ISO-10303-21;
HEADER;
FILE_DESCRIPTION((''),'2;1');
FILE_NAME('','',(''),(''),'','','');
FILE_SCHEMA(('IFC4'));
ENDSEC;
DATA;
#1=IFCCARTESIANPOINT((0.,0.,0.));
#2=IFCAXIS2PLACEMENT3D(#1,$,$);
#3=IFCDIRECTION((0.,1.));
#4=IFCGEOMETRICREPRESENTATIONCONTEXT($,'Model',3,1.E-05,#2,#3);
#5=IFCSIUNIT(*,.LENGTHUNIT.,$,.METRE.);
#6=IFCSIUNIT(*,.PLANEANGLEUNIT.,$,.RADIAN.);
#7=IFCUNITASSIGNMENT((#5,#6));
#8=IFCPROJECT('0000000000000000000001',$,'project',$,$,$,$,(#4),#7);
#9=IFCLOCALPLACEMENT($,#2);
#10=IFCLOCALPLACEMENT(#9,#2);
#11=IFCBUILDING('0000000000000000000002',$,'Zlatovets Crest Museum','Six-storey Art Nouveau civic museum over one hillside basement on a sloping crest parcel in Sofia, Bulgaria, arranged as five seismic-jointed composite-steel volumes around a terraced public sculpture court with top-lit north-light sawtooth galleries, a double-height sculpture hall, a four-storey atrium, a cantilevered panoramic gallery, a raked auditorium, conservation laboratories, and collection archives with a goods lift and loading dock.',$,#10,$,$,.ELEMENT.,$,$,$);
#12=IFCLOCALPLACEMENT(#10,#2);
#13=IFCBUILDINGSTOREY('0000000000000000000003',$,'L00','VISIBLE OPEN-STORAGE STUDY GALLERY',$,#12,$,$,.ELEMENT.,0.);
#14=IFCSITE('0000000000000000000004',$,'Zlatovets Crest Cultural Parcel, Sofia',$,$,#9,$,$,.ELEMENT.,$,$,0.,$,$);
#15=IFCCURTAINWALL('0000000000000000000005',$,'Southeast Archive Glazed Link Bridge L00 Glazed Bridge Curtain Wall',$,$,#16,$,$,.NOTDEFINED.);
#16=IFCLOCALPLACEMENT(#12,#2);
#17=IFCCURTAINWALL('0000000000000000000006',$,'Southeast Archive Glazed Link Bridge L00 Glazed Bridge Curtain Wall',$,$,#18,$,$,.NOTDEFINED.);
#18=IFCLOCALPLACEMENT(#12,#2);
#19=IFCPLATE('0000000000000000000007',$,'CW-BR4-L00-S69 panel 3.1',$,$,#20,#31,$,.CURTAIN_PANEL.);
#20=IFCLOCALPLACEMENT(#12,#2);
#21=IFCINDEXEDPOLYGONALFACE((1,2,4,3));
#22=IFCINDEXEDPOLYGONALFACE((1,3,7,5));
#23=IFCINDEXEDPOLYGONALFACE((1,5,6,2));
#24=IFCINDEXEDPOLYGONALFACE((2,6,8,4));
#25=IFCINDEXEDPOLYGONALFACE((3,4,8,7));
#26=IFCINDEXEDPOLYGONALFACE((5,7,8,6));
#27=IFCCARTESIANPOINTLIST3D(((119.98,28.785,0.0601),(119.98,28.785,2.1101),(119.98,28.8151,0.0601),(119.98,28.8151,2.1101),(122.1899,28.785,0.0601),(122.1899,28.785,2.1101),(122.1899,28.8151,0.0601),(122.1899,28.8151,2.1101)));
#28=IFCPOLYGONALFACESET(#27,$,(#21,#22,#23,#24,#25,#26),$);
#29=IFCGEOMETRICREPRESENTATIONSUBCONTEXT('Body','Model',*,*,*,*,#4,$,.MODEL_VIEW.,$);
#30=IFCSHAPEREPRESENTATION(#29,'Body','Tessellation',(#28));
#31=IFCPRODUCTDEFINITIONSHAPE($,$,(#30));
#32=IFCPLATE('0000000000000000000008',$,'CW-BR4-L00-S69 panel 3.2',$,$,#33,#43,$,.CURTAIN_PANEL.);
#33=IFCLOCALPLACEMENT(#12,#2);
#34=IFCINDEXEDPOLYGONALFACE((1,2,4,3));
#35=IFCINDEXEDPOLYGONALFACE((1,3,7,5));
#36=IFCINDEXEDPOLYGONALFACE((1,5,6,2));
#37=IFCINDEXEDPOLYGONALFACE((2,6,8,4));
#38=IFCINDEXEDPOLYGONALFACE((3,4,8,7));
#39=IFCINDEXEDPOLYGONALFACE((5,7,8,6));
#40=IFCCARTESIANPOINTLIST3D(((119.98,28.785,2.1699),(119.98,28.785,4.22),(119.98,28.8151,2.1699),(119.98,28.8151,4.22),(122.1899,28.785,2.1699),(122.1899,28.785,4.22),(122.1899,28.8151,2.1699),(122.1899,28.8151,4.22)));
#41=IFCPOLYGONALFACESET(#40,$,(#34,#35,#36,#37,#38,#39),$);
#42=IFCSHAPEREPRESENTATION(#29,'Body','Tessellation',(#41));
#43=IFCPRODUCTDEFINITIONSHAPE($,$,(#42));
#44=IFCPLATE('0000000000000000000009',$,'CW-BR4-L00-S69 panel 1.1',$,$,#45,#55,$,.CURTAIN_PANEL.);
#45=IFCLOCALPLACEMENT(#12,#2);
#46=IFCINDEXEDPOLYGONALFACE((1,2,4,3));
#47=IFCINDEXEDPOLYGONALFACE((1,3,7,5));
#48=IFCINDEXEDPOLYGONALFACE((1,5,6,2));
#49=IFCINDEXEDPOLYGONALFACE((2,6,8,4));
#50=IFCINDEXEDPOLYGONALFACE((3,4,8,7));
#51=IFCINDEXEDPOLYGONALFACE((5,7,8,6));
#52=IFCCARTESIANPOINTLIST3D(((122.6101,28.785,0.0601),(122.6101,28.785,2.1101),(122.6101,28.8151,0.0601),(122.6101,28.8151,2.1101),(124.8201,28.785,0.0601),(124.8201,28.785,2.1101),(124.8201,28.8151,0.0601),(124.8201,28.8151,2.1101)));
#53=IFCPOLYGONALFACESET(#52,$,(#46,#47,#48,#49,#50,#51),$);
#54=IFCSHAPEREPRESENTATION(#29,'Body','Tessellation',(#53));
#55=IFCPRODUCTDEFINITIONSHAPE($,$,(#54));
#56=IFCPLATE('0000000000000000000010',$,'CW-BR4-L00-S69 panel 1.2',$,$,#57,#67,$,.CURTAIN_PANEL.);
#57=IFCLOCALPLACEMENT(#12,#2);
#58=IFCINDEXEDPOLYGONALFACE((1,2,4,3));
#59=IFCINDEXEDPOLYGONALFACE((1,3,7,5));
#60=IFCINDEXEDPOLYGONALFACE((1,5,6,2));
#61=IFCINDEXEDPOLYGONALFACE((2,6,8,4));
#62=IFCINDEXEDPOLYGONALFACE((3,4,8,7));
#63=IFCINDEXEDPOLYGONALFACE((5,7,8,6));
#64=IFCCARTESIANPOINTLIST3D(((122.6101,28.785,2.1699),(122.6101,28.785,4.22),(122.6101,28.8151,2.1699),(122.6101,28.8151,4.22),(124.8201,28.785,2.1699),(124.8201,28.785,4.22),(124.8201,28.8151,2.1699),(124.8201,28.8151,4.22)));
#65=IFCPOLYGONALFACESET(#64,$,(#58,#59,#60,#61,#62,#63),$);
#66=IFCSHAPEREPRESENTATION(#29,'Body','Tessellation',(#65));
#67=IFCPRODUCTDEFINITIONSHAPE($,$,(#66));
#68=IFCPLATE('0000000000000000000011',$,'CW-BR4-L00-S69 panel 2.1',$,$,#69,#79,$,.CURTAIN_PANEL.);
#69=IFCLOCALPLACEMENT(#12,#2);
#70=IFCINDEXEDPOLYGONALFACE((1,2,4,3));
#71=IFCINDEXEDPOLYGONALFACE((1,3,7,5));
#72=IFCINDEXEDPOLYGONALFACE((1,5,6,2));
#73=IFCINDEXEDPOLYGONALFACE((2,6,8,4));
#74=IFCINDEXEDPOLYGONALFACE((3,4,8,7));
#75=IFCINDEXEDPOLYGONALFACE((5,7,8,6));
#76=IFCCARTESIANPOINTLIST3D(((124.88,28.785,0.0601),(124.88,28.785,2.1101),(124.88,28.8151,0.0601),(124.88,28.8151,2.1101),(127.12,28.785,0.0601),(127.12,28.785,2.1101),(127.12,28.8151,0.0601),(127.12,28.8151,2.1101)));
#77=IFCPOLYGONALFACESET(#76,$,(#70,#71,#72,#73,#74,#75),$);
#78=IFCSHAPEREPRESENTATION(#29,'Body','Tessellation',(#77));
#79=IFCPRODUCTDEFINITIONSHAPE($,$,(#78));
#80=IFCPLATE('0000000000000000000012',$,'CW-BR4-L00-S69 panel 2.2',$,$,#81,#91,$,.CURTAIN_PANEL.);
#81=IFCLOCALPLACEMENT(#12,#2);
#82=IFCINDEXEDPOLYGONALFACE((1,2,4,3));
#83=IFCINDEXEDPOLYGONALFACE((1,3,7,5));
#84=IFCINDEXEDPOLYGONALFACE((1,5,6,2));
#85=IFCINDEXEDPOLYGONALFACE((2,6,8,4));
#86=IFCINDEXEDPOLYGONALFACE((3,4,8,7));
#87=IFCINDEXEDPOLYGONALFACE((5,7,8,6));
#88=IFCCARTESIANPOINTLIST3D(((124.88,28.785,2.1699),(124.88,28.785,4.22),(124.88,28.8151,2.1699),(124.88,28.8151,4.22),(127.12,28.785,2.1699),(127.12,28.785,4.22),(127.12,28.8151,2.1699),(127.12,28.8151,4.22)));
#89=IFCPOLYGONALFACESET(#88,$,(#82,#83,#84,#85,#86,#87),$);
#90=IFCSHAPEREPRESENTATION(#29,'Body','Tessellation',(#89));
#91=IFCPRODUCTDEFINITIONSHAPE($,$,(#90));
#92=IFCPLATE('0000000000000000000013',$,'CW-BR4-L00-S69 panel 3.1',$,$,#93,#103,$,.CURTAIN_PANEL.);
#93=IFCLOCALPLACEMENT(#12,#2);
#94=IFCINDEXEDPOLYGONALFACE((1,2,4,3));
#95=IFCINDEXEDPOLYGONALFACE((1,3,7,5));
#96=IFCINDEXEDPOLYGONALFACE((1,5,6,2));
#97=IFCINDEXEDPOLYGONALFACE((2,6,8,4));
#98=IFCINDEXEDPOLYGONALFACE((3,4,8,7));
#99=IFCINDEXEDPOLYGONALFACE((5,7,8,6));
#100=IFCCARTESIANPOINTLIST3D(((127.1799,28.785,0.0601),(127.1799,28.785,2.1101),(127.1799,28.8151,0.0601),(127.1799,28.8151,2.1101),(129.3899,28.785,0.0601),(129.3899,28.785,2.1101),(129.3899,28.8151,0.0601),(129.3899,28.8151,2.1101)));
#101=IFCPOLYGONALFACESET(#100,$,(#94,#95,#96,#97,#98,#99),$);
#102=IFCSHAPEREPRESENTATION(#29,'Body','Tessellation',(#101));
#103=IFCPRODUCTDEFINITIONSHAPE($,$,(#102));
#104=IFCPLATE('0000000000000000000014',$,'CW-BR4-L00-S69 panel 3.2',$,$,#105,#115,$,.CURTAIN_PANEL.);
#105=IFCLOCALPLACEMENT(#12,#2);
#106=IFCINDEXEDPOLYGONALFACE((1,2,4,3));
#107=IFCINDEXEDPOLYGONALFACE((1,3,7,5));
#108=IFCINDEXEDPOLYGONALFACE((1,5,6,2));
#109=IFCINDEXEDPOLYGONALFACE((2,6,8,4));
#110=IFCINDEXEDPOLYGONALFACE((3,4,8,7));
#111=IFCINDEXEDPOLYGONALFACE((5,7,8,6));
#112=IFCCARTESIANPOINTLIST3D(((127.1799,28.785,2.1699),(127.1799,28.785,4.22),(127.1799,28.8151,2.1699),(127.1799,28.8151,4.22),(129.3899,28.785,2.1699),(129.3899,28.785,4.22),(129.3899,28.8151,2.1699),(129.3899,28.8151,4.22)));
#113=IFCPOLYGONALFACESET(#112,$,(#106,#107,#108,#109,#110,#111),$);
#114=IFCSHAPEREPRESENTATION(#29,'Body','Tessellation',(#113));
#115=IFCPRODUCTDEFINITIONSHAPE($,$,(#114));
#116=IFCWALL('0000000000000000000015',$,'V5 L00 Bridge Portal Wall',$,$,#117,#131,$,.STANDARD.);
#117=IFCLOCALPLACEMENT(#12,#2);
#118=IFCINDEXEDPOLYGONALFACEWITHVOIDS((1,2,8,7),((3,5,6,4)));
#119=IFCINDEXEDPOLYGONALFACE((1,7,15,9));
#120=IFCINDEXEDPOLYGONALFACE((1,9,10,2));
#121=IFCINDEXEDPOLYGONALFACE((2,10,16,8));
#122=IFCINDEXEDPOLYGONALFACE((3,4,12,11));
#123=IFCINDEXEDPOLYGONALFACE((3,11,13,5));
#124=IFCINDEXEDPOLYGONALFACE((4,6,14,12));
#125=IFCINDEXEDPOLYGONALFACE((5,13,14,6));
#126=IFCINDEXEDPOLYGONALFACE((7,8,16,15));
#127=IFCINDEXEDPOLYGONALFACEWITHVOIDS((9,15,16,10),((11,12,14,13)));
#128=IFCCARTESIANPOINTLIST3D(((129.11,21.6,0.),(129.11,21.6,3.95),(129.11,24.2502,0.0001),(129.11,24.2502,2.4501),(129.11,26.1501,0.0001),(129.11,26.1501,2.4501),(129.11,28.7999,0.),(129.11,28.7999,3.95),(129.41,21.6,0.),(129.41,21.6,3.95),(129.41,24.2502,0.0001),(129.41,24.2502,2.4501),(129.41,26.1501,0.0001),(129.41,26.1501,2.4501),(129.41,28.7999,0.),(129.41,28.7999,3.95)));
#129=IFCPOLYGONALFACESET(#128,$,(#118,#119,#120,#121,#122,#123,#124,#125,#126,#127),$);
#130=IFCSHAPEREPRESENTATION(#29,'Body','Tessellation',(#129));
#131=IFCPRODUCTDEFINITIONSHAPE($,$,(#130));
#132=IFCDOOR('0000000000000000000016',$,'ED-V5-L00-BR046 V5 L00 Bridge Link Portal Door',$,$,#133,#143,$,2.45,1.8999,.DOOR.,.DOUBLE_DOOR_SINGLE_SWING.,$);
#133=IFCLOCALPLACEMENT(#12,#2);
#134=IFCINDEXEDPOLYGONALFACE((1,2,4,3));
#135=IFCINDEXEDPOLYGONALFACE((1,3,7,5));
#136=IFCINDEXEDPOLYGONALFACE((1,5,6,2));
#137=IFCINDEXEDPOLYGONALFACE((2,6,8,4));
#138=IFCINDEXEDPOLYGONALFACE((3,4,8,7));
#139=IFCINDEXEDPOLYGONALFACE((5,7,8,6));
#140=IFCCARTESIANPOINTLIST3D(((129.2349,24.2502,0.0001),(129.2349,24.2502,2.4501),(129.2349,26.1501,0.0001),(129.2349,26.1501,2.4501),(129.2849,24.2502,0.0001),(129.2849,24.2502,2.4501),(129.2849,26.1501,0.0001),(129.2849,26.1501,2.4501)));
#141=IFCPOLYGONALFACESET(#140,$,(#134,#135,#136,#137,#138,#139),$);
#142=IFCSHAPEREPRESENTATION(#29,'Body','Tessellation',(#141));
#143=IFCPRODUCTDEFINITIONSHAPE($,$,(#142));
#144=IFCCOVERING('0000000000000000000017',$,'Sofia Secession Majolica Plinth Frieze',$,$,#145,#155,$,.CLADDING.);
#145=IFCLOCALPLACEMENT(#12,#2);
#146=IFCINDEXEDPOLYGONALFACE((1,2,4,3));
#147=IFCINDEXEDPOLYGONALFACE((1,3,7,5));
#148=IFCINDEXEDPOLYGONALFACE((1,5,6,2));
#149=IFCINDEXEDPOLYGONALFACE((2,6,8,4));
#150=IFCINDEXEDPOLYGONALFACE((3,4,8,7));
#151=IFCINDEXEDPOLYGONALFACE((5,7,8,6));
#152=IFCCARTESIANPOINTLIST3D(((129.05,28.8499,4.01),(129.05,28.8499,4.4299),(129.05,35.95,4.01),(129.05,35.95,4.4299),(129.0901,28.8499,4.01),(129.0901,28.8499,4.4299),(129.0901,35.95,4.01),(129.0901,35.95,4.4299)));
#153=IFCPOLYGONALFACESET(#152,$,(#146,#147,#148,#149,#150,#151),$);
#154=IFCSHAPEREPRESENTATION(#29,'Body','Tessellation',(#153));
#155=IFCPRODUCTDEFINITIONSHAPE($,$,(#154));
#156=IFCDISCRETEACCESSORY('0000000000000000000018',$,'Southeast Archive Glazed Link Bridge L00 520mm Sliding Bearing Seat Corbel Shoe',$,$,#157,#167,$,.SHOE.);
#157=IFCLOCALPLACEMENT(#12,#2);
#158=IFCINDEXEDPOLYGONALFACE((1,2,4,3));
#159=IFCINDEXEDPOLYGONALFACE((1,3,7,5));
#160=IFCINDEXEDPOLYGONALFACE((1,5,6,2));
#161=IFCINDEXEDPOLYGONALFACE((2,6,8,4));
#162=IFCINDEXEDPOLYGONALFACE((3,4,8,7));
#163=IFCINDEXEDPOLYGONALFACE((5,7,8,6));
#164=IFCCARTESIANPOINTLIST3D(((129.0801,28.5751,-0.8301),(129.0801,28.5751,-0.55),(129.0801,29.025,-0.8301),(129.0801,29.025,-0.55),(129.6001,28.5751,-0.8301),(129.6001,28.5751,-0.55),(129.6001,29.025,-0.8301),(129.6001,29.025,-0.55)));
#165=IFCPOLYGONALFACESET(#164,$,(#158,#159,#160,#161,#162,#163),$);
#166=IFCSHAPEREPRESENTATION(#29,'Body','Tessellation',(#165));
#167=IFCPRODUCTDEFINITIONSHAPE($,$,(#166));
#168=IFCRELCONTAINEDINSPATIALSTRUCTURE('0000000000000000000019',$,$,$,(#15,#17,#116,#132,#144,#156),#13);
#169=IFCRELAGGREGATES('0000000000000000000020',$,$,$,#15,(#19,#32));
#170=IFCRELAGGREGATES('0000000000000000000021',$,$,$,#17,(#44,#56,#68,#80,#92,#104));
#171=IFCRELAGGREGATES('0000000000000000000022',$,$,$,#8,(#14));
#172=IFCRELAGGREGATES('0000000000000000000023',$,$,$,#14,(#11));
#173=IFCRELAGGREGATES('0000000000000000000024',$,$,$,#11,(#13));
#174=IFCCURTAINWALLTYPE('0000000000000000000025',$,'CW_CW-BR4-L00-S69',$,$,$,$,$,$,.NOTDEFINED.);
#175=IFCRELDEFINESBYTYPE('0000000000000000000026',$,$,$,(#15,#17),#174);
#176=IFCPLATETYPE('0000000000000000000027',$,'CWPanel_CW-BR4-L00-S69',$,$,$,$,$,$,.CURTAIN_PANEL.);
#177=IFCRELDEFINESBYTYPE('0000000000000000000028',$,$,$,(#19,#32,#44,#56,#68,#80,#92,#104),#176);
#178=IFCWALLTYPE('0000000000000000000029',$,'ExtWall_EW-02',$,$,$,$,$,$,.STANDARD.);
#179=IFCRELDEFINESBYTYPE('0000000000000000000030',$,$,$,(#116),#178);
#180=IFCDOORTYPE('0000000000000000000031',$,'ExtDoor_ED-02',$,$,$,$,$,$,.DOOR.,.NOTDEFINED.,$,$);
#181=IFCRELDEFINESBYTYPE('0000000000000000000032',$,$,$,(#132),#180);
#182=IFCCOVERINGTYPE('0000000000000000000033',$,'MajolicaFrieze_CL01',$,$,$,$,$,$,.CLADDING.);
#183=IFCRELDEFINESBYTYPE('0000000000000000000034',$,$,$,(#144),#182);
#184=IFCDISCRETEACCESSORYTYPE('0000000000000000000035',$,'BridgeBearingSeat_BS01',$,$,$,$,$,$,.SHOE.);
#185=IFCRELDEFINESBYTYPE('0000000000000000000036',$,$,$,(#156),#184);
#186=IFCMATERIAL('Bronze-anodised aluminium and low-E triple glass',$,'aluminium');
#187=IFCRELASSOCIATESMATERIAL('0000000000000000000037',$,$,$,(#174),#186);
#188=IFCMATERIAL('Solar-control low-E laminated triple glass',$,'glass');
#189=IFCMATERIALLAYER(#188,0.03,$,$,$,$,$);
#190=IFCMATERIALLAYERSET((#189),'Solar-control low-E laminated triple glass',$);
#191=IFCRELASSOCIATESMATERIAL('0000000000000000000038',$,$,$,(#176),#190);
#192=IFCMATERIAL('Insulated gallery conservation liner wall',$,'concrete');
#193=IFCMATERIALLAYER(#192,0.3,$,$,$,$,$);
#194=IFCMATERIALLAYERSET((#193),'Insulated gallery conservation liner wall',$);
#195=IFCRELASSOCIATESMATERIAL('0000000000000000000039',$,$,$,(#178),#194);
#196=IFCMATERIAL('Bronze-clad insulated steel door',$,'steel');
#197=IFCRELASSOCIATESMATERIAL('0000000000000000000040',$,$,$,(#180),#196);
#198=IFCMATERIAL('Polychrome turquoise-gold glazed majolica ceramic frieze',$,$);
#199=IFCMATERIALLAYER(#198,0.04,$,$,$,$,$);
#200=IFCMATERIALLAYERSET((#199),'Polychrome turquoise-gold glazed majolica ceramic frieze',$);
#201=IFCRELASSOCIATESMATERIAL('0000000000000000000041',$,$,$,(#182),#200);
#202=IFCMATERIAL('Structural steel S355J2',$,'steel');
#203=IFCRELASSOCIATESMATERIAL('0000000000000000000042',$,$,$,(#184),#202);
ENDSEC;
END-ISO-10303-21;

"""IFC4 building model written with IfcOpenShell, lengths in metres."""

from ifc_helpers import new_model, si_unit, direction, frame, frame_2d, origin, origin_2d, place, context, subcontext, project, spatial, rectangle, extrude, material, layer, layer_set, type_object, element, fill, aggregate, save


model = new_model("IFC4")

# Units and contexts
model_context = context("Model", 3, precision=1e-05, world=origin(), true_north=direction((0.0, 1.0)))
body_context = subcontext(model_context, "Body", "Model", "MODEL_VIEW")
ifc_project = project(units=[si_unit("LENGTHUNIT", "METRE"), si_unit("PLANEANGLEUNIT", "RADIAN")], contexts=[model_context])

# Site, building, storey
site_placement = place(None, origin())
site = spatial("IfcSite", under=ifc_project, at=site_placement, Name="Zlatovets Crest Cultural Parcel, Sofia", CompositionType="ELEMENT", RefElevation=0.0)
building_placement = place(site_placement, origin())
building = spatial("IfcBuilding", under=site, at=building_placement, Name="Zlatovets Crest Museum", Description="Six-storey Art Nouveau civic museum over one hillside basement on a sloping crest parcel in Sofia, Bulgaria, arranged as five seismic-jointed composite-steel volumes around a terraced public sculpture court with top-lit north-light sawtooth galleries, a double-height sculpture hall, a four-storey atrium, a cantilevered panoramic gallery, a raked auditorium, conservation laboratories, and collection archives with a goods lift and loading dock.", CompositionType="ELEMENT")
storey_placement = place(building_placement, origin())
storey = spatial("IfcBuildingStorey", under=building, at=storey_placement, Name="L00", Description="VISIBLE OPEN-STORAGE STUDY GALLERY", CompositionType="ELEMENT", Elevation=0.0)

# Shared definitions
ifc_material_1 = material(Name="Structural steel S355J2", Category="steel")

# Curtain wall
ifc_material_2 = material(Name="Bronze-anodised aluminium and low-E triple glass", Category="aluminium")
curtain_wall_type = type_object("IfcCurtainWallType", Name="CW_CW-BR4-L00-S69", PredefinedType="NOTDEFINED", material=ifc_material_2)
curtain_wall_1_placement = place(storey_placement, origin())
curtain_wall_1 = element("IfcCurtainWall", 1, at=curtain_wall_1_placement, inside=storey, type_object=curtain_wall_type, Name="Southeast Archive Glazed Link Bridge L00 Glazed Bridge Curtain Wall", PredefinedType="NOTDEFINED")

# Curtain wall
curtain_wall_2_placement = place(storey_placement, origin())
curtain_wall_2 = element("IfcCurtainWall", 2, at=curtain_wall_2_placement, inside=storey, type_object=curtain_wall_type, Name="Southeast Archive Glazed Link Bridge L00 Glazed Bridge Curtain Wall", PredefinedType="NOTDEFINED")

# Plates
ifc_material_3 = material(Name="Solar-control low-E laminated triple glass", Category="glass")
ifc_layer_1 = layer(ifc_material_3, 0.03)
ifc_layer_set_1 = layer_set([ifc_layer_1], Name="Solar-control low-E laminated triple glass")
plate_type = type_object("IfcPlateType", Name="CWPanel_CW-BR4-L00-S69", PredefinedType="CURTAIN_PANEL", material=ifc_layer_set_1)
plate_1_placement = place(storey_placement, frame((121.085, 28.8, 0.0601), z_axis=(0.0, 0.0, 1.0), x_axis=(1.0, 0.0, 0.0)))
plate_1 = element("IfcPlate", 3, at=plate_1_placement, type_object=plate_type, Name="CW-BR4-L00-S69 panel 3.1", PredefinedType="CURTAIN_PANEL", context=body_context, shape_type="SweptSolid", body=[
    extrude(rectangle(XDim=2.21, YDim=0.03, at=origin_2d()), origin(), (0.0, 0.0, 1.0), 2.05),
])
plate_2_placement = place(storey_placement, frame((121.085, 28.8, 2.1699), z_axis=(0.0, 0.0, 1.0), x_axis=(1.0, 0.0, 0.0)))
plate_2 = element("IfcPlate", 4, at=plate_2_placement, type_object=plate_type, Name="CW-BR4-L00-S69 panel 3.2", PredefinedType="CURTAIN_PANEL", context=body_context, shape_type="SweptSolid", body=[
    extrude(rectangle(XDim=2.21, YDim=0.03, at=origin_2d()), origin(), (0.0, 0.0, 1.0), 2.05),
])
aggregate(curtain_wall_1, [plate_1, plate_2])
plate_3_placement = place(storey_placement, frame((123.7151, 28.8, 0.0601), z_axis=(0.0, 0.0, 1.0), x_axis=(1.0, 0.0, 0.0)))
plate_3 = element("IfcPlate", 5, at=plate_3_placement, type_object=plate_type, Name="CW-BR4-L00-S69 panel 1.1", PredefinedType="CURTAIN_PANEL", context=body_context, shape_type="SweptSolid", body=[
    extrude(rectangle(XDim=2.21, YDim=0.03, at=origin_2d()), origin(), (0.0, 0.0, 1.0), 2.05),
])
plate_4_placement = place(storey_placement, frame((123.7151, 28.8, 2.1699), z_axis=(0.0, 0.0, 1.0), x_axis=(1.0, 0.0, 0.0)))
plate_4 = element("IfcPlate", 6, at=plate_4_placement, type_object=plate_type, Name="CW-BR4-L00-S69 panel 1.2", PredefinedType="CURTAIN_PANEL", context=body_context, shape_type="SweptSolid", body=[
    extrude(rectangle(XDim=2.21, YDim=0.03, at=origin_2d()), origin(), (0.0, 0.0, 1.0), 2.05),
])
plate_5_placement = place(storey_placement, frame((126.0, 28.8, 0.0601), z_axis=(0.0, 0.0, 1.0), x_axis=(1.0, 0.0, 0.0)))
plate_5 = element("IfcPlate", 7, at=plate_5_placement, type_object=plate_type, Name="CW-BR4-L00-S69 panel 2.1", PredefinedType="CURTAIN_PANEL", context=body_context, shape_type="SweptSolid", body=[
    extrude(rectangle(XDim=2.24, YDim=0.03, at=origin_2d()), origin(), (0.0, 0.0, 1.0), 2.05),
])
plate_6_placement = place(storey_placement, frame((126.0, 28.8, 2.1699), z_axis=(0.0, 0.0, 1.0), x_axis=(1.0, 0.0, 0.0)))
plate_6 = element("IfcPlate", 8, at=plate_6_placement, type_object=plate_type, Name="CW-BR4-L00-S69 panel 2.2", PredefinedType="CURTAIN_PANEL", context=body_context, shape_type="SweptSolid", body=[
    extrude(rectangle(XDim=2.24, YDim=0.03, at=origin_2d()), origin(), (0.0, 0.0, 1.0), 2.05),
])
plate_7_placement = place(storey_placement, frame((128.2849, 28.8, 0.0601), z_axis=(0.0, 0.0, 1.0), x_axis=(1.0, 0.0, 0.0)))
plate_7 = element("IfcPlate", 9, at=plate_7_placement, type_object=plate_type, Name="CW-BR4-L00-S69 panel 3.1", PredefinedType="CURTAIN_PANEL", context=body_context, shape_type="SweptSolid", body=[
    extrude(rectangle(XDim=2.21, YDim=0.03, at=origin_2d()), origin(), (0.0, 0.0, 1.0), 2.05),
])
plate_8_placement = place(storey_placement, frame((128.2849, 28.8, 2.1699), z_axis=(0.0, 0.0, 1.0), x_axis=(1.0, 0.0, 0.0)))
plate_8 = element("IfcPlate", 10, at=plate_8_placement, type_object=plate_type, Name="CW-BR4-L00-S69 panel 3.2", PredefinedType="CURTAIN_PANEL", context=body_context, shape_type="SweptSolid", body=[
    extrude(rectangle(XDim=2.21, YDim=0.03, at=origin_2d()), origin(), (0.0, 0.0, 1.0), 2.05),
])
aggregate(curtain_wall_2, [plate_3, plate_4, plate_5, plate_6, plate_7, plate_8])

# Wall, opening, door
ifc_material_4 = material(Name="Insulated gallery conservation liner wall", Category="concrete")
ifc_layer_2 = layer(ifc_material_4, 0.3)
ifc_layer_set_2 = layer_set([ifc_layer_2], Name="Insulated gallery conservation liner wall")
wall_type = type_object("IfcWallType", Name="ExtWall_EW-02", PredefinedType="STANDARD", material=ifc_layer_set_2)
wall_placement = place(storey_placement, frame((129.26, 28.8, 0.0), z_axis=(0.0, 0.0, 1.0), x_axis=(0.0, -1.0, 0.0)))
wall = element("IfcWall", 11, at=wall_placement, inside=storey, type_object=wall_type, Name="V5 L00 Bridge Portal Wall", PredefinedType="STANDARD", context=body_context, shape_type="SweptSolid", body=[
    extrude(rectangle(XDim=7.2, YDim=0.3, at=frame_2d((3.6001, 0.0))), origin(), (0.0, 0.0, 1.0), 3.95),
])
opening_placement = place(wall_placement, frame((2.6499, 0.0, 0.0)))
opening = element("IfcOpeningElement", 12, at=opening_placement, cuts=wall, PredefinedType="OPENING", context=body_context, shape_type="SweptSolid", body=[
    extrude(rectangle(XDim=1.8999, YDim=2.45, at=frame_2d((0.95, 1.2251))), frame((0.0, 0.1602, 0.0), z_axis=(0.0, -1.0, 0.0), x_axis=(1.0, 0.0, 0.0)), (0.0, 0.0, 1.0), 0.3201),
])
ifc_material_5 = material(Name="Bronze-clad insulated steel door", Category="steel")
door_type = type_object("IfcDoorType", Name="ExtDoor_ED-02", OperationType="NOTDEFINED", PredefinedType="DOOR", material=ifc_material_5)
door_placement = place(opening_placement, origin())
door = element("IfcDoor", 13, at=door_placement, inside=storey, type_object=door_type, Name="ED-V5-L00-BR046 V5 L00 Bridge Link Portal Door", OperationType="DOUBLE_DOOR_SINGLE_SWING", OverallHeight=2.45, OverallWidth=1.8999, PredefinedType="DOOR", context=body_context, shape_type="SweptSolid", body=[
    extrude(rectangle(XDim=1.8999, YDim=2.45, at=frame_2d((0.95, 1.2251))), frame((0.0, 0.0249, 0.0), z_axis=(0.0, -1.0, 0.0), x_axis=(1.0, 0.0, 0.0)), (0.0, 0.0, 1.0), 0.05),
])
fill(opening, door)

# Covering
ifc_material_6 = material(Name="Polychrome turquoise-gold glazed majolica ceramic frieze")
ifc_layer_3 = layer(ifc_material_6, 0.04)
ifc_layer_set_3 = layer_set([ifc_layer_3], Name="Polychrome turquoise-gold glazed majolica ceramic frieze")
covering_type = type_object("IfcCoveringType", Name="MajolicaFrieze_CL01", PredefinedType="CLADDING", material=ifc_layer_set_3)
covering_placement = place(storey_placement, frame((129.0701, 32.3999, 4.01), z_axis=(0.0, 0.0, 1.0), x_axis=(0.0, 1.0, 0.0)))
element("IfcCovering", 14, at=covering_placement, inside=storey, type_object=covering_type, Name="Sofia Secession Majolica Plinth Frieze", PredefinedType="CLADDING", context=body_context, shape_type="SweptSolid", body=[
    extrude(rectangle(XDim=7.1001, YDim=0.04, at=origin_2d()), origin(), (0.0, 0.0, 1.0), 0.4199),
])

# Discrete accessory
discrete_accessory_type = type_object("IfcDiscreteAccessoryType", Name="BridgeBearingSeat_BS01", PredefinedType="SHOE", material=ifc_material_1)
discrete_accessory_placement = place(storey_placement, frame((129.3401, 28.8, -0.8301), z_axis=(0.0, 0.0, 1.0), x_axis=(1.0, 0.0, 0.0)))
element("IfcDiscreteAccessory", 15, at=discrete_accessory_placement, inside=storey, type_object=discrete_accessory_type, Name="Southeast Archive Glazed Link Bridge L00 520mm Sliding Bearing Seat Corbel Shoe", PredefinedType="SHOE", context=body_context, shape_type="SweptSolid", body=[
    extrude(rectangle(XDim=0.52, YDim=0.45, at=origin_2d()), origin(), (0.0, 0.0, 1.0), 0.28),
])

save(model, "model.ifc")
